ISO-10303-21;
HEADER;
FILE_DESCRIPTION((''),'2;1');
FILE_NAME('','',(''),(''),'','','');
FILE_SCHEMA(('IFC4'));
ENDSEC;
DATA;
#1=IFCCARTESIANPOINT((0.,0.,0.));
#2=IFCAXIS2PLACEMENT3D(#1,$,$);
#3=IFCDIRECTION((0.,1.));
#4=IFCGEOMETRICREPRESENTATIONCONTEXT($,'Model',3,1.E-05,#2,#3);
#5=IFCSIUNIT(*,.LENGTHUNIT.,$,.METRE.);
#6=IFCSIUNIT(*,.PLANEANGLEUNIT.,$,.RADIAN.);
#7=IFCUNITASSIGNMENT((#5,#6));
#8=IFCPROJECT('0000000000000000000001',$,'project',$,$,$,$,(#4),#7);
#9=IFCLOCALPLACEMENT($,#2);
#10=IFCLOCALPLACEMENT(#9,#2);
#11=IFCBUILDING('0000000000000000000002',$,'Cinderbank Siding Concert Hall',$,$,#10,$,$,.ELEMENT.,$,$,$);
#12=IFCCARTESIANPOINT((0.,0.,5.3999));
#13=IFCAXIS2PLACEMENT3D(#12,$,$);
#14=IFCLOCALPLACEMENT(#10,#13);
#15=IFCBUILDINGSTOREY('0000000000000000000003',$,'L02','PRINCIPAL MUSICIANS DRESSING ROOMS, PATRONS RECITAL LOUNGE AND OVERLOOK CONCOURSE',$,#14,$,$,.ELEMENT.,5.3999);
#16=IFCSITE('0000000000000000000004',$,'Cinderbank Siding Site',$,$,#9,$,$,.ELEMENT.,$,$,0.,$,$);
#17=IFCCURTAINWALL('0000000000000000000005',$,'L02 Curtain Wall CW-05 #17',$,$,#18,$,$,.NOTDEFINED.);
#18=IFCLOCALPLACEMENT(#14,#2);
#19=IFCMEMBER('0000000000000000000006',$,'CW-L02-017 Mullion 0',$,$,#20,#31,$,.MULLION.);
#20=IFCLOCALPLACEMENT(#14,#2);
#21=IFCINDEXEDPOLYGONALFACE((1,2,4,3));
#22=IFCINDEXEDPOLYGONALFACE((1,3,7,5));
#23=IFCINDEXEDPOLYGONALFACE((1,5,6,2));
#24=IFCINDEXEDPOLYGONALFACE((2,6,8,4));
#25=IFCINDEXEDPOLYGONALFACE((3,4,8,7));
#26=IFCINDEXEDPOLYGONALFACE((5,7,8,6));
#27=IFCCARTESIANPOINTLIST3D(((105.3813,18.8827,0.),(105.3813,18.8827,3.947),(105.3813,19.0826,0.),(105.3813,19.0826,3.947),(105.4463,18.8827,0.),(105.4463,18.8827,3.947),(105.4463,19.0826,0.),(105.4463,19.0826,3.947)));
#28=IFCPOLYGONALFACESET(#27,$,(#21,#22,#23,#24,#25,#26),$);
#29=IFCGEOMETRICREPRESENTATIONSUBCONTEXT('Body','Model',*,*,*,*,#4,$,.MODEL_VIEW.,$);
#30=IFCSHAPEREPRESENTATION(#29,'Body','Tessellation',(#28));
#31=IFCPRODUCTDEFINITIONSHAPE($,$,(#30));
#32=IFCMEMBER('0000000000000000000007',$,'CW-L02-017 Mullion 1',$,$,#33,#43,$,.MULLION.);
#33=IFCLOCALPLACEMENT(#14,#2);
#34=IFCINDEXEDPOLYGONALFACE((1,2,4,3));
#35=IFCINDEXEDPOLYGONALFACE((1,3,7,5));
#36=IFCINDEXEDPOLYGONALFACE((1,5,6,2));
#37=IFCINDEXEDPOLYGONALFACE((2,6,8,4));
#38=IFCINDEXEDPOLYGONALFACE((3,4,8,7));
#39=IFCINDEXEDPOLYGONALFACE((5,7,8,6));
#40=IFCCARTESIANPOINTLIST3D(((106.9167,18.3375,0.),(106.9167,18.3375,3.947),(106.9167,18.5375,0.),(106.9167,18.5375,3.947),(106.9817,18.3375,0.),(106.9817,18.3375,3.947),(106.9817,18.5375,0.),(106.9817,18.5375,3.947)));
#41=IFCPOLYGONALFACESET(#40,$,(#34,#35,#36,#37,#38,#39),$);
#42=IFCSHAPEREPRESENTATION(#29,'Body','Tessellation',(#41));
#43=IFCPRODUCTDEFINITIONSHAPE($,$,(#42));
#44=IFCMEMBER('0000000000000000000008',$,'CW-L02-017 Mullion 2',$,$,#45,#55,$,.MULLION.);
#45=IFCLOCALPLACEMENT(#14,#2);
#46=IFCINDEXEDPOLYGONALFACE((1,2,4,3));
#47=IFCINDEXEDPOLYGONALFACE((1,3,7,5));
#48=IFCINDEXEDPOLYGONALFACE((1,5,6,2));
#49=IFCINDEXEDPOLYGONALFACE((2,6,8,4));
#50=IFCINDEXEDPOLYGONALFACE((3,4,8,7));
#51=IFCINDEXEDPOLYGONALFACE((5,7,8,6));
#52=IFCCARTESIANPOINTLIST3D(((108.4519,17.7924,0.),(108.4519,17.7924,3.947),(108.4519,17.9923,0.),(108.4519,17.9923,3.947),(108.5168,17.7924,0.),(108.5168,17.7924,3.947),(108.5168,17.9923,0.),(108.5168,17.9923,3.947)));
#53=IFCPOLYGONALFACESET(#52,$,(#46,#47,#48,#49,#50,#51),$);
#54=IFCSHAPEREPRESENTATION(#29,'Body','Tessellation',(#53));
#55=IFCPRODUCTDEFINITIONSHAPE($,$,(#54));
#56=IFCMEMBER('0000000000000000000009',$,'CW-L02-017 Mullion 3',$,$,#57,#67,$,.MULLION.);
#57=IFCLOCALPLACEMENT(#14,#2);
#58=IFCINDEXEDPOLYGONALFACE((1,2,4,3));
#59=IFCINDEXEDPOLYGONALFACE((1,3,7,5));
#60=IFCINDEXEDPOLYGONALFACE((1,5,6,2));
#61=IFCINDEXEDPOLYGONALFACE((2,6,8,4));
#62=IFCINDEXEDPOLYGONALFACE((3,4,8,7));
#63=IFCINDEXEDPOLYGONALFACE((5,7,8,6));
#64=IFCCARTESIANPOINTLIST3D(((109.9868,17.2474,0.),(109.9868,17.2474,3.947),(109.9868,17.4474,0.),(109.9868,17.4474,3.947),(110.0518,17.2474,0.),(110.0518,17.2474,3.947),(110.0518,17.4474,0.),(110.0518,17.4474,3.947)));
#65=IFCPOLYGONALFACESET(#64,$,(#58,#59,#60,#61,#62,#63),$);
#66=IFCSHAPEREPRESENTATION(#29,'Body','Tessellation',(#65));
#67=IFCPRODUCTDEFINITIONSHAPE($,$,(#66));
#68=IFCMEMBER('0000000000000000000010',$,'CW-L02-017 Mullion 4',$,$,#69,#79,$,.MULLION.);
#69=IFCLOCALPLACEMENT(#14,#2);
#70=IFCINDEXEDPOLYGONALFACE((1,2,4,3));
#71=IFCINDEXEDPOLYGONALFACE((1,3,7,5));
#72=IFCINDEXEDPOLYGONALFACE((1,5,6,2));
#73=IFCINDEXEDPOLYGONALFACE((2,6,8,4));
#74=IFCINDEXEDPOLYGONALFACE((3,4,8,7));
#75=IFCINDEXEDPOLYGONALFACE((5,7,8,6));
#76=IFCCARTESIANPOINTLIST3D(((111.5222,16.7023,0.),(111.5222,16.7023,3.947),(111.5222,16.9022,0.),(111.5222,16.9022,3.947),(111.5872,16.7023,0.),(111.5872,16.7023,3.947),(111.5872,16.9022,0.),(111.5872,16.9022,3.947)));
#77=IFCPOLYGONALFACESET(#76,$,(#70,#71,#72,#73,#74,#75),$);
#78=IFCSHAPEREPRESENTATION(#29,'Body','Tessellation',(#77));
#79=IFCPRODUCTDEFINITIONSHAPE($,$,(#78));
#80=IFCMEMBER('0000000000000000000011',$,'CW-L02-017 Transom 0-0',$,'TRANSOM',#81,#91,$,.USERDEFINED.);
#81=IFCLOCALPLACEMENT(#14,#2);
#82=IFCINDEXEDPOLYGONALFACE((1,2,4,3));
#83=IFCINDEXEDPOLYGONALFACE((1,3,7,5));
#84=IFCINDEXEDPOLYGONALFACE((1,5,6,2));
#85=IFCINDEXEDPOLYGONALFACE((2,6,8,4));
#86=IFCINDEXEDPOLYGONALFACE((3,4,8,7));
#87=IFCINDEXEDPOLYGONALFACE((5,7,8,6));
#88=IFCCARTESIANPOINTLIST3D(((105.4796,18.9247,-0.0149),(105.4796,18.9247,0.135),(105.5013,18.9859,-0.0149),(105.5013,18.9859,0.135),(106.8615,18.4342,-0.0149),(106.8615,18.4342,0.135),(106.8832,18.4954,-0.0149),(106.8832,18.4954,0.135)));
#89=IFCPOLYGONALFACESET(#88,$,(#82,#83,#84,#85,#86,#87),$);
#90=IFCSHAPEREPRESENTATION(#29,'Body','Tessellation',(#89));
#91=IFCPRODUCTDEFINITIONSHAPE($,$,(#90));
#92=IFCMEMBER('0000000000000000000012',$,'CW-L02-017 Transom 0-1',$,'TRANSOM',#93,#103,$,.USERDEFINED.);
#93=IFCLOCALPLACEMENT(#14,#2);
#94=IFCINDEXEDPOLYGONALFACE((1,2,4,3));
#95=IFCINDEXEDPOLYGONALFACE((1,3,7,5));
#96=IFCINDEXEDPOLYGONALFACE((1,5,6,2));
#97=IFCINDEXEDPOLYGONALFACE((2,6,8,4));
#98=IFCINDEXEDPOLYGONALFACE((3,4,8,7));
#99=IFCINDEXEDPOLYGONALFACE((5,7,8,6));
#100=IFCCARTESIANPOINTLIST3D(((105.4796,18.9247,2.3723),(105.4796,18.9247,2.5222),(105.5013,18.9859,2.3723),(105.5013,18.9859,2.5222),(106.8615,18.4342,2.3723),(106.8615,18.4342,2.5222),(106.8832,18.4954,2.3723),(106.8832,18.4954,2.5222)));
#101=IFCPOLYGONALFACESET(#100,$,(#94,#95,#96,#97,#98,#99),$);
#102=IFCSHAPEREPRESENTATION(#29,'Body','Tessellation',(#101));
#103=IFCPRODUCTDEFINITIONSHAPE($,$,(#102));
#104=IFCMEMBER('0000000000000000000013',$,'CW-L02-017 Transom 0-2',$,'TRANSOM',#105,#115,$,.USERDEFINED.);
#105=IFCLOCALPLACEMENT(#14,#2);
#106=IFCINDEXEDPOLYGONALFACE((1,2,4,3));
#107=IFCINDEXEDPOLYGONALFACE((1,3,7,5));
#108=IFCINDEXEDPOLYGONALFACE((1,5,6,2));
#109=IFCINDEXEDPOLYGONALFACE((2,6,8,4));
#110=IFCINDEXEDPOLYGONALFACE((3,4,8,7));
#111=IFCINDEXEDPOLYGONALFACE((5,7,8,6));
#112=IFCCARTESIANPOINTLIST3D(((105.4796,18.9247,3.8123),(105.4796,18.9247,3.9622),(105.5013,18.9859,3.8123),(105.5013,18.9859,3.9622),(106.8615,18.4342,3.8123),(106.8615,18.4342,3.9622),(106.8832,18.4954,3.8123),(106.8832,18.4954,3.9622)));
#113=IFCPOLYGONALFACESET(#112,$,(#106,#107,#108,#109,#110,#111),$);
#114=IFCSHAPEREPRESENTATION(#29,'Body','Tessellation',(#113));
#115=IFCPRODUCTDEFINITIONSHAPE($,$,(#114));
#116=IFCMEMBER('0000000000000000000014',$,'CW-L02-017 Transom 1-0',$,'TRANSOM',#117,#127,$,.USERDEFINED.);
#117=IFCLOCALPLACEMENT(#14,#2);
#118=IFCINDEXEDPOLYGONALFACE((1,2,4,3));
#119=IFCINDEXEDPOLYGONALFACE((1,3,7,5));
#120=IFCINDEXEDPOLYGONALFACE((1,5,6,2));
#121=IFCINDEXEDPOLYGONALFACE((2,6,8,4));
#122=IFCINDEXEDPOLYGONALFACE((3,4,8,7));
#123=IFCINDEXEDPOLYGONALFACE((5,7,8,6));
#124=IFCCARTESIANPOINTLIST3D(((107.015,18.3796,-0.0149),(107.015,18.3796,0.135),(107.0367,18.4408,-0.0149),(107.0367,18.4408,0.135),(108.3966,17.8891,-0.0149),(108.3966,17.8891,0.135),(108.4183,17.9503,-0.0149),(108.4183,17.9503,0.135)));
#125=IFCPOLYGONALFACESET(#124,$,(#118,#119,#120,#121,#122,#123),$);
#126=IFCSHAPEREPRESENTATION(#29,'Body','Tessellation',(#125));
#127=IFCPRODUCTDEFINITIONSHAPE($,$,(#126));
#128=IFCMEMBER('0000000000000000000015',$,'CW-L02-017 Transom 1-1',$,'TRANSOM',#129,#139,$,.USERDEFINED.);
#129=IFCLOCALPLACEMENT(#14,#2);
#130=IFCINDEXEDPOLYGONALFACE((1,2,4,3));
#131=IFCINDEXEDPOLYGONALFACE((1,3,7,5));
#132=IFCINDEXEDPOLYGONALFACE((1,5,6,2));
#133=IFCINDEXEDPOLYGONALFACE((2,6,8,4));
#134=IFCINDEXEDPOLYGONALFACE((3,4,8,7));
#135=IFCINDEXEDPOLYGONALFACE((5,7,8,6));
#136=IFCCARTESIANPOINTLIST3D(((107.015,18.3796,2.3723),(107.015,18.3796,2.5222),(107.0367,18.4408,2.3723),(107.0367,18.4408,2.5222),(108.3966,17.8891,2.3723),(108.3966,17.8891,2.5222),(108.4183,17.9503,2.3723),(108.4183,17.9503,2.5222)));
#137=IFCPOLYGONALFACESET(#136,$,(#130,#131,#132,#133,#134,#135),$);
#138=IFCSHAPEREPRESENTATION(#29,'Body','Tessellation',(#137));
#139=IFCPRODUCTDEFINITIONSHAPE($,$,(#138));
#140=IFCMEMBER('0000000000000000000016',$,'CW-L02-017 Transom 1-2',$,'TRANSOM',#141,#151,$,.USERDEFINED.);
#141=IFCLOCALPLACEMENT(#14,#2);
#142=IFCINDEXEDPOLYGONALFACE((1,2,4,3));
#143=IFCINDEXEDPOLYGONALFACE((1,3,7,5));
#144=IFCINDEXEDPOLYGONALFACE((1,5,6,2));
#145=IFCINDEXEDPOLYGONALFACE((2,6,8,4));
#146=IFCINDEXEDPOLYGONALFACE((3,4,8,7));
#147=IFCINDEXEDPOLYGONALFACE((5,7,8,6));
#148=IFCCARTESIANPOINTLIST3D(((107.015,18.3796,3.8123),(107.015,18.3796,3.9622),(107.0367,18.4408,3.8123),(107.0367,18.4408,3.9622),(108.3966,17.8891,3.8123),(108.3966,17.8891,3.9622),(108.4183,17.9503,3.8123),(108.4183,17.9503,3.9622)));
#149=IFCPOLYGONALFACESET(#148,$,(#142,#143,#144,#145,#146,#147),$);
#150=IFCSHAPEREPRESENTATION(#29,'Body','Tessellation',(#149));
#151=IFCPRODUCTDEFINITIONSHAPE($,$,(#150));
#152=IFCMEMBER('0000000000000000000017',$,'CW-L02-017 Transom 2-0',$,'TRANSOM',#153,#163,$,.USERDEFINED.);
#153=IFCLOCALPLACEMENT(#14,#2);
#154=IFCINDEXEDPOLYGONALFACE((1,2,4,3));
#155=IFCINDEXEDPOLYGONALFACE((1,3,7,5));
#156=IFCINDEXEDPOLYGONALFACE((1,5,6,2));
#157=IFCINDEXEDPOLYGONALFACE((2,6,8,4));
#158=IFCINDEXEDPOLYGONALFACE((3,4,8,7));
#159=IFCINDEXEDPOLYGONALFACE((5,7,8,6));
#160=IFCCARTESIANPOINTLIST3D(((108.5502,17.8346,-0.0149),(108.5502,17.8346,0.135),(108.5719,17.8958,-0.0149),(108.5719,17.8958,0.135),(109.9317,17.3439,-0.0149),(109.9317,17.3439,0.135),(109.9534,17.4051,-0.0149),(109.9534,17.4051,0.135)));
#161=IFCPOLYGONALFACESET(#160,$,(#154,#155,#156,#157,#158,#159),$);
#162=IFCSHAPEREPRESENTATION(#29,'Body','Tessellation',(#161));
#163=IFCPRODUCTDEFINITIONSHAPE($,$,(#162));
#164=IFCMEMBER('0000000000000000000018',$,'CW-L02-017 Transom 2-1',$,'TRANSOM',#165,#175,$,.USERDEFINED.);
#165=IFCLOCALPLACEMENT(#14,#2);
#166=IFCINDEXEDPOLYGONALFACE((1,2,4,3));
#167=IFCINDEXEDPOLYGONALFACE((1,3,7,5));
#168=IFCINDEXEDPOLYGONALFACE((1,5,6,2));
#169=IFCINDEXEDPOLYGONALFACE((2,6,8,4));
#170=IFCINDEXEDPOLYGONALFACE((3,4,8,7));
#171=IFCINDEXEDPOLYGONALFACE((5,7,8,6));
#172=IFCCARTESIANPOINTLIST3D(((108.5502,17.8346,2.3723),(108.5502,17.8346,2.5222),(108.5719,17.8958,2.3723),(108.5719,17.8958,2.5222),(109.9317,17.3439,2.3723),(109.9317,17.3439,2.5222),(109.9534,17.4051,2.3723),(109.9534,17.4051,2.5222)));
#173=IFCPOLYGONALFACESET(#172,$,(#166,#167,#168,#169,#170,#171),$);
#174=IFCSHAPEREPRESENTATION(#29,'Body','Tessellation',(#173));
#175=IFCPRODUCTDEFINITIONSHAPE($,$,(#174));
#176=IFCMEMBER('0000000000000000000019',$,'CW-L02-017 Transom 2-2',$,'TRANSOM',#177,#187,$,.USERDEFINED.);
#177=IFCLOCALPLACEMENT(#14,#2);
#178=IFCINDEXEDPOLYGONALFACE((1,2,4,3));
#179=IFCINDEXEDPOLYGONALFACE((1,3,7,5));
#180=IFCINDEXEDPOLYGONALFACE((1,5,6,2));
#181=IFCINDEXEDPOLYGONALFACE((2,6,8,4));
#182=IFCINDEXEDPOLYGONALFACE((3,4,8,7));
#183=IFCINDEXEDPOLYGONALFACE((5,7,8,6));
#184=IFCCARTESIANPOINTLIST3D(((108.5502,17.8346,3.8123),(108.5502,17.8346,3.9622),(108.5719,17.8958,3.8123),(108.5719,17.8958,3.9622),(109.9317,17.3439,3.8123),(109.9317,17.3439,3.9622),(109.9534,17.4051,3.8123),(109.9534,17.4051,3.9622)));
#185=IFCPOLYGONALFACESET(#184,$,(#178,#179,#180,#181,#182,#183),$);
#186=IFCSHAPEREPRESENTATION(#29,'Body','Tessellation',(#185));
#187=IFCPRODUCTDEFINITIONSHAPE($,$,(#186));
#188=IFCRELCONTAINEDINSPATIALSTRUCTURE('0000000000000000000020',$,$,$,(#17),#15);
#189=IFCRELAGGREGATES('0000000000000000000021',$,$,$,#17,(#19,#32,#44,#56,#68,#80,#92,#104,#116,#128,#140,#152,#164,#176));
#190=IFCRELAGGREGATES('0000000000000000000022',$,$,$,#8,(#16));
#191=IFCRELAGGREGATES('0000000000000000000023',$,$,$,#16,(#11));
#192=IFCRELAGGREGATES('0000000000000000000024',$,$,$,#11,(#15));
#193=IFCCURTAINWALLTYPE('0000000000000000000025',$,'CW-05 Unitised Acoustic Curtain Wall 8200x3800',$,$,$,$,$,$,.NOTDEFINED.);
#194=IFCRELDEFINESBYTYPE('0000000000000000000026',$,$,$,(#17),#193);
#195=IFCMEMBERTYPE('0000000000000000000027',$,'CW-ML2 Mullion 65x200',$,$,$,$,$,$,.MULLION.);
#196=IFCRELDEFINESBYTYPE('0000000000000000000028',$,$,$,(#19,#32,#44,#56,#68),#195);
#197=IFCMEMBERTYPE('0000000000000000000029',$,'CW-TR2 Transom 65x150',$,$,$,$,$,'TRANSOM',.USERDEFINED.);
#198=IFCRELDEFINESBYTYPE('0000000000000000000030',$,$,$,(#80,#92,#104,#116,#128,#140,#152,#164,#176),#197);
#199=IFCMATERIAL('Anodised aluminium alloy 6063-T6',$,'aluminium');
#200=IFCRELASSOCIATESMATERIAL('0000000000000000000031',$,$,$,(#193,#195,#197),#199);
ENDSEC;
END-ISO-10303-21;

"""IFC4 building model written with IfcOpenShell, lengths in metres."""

from ifc_helpers import new_model, si_unit, direction, frame, origin, origin_2d, place, context, subcontext, project, spatial, rectangle, extrude, material, material_profile, profile_set, type_object, element, aggregate, save


model = new_model("IFC4")

# Units and contexts
model_context = context("Model", 3, precision=1e-05, world=origin(), true_north=direction((0.0, 1.0)))
body_context = subcontext(model_context, "Body", "Model", "MODEL_VIEW")
ifc_project = project(units=[si_unit("LENGTHUNIT", "METRE"), si_unit("PLANEANGLEUNIT", "RADIAN")], contexts=[model_context])

# Site, building, storey
site_placement = place(None, origin())
site = spatial("IfcSite", under=ifc_project, at=site_placement, Name="Cinderbank Siding Site", CompositionType="ELEMENT", RefElevation=0.0)
building_placement = place(site_placement, origin())
building = spatial("IfcBuilding", under=site, at=building_placement, Name="Cinderbank Siding Concert Hall", CompositionType="ELEMENT")
storey_placement = place(building_placement, frame((0.0, 0.0, 5.3999)))
storey = spatial("IfcBuildingStorey", under=building, at=storey_placement, Name="L02", Description="PRINCIPAL MUSICIANS DRESSING ROOMS, PATRONS RECITAL LOUNGE AND OVERLOOK CONCOURSE", CompositionType="ELEMENT", Elevation=5.3999)

# Curtain wall, members
ifc_material_1 = material(Name="Anodised aluminium alloy 6063-T6", Category="aluminium")
curtain_wall_type = type_object("IfcCurtainWallType", Name="CW-05 Unitised Acoustic Curtain Wall 8200x3800", PredefinedType="NOTDEFINED", material=ifc_material_1)
curtain_wall_placement = place(storey_placement, origin())
curtain_wall = element("IfcCurtainWall", 1, at=curtain_wall_placement, inside=storey, type_object=curtain_wall_type, Name="L02 Curtain Wall CW-05 #17", PredefinedType="NOTDEFINED")
ifc_material_profile_1 = material_profile(ifc_material_1, rectangle(XDim=0.0649, YDim=0.2, at=origin_2d()), Name="ALU-MULL-65x200", Category="LoadBearing")
ifc_profile_set_1 = profile_set([ifc_material_profile_1], Name="Anodised aluminium alloy 6063-T6")
member_type_1 = type_object("IfcMemberType", Name="CW-ML2 Mullion 65x200", PredefinedType="MULLION", material=ifc_profile_set_1)
member_1_placement = place(storey_placement, frame((105.4138, 18.9827, 0.0), z_axis=(0.0, 0.0, 1.0), x_axis=(1.0, 0.0, 0.0)))
member_1 = element("IfcMember", 2, at=member_1_placement, type_object=member_type_1, Name="CW-L02-017 Mullion 0", PredefinedType="MULLION", context=body_context, shape_type="SweptSolid", body=[
    extrude(rectangle(XDim=0.0649, YDim=0.2, at=origin_2d()), origin(), (0.0, 0.0, 1.0), 3.947),
])
member_2_placement = place(storey_placement, frame((106.9492, 18.4375, 0.0), z_axis=(0.0, 0.0, 1.0), x_axis=(1.0, 0.0, 0.0)))
member_2 = element("IfcMember", 3, at=member_2_placement, type_object=member_type_1, Name="CW-L02-017 Mullion 1", PredefinedType="MULLION", context=body_context, shape_type="SweptSolid", body=[
    extrude(rectangle(XDim=0.0649, YDim=0.2, at=origin_2d()), origin(), (0.0, 0.0, 1.0), 3.947),
])
member_3_placement = place(storey_placement, frame((108.4844, 17.8923, 0.0), z_axis=(0.0, 0.0, 1.0), x_axis=(1.0, 0.0, 0.0)))
member_3 = element("IfcMember", 4, at=member_3_placement, type_object=member_type_1, Name="CW-L02-017 Mullion 2", PredefinedType="MULLION", context=body_context, shape_type="SweptSolid", body=[
    extrude(rectangle(XDim=0.0649, YDim=0.2, at=origin_2d()), origin(), (0.0, 0.0, 1.0), 3.947),
])
member_4_placement = place(storey_placement, frame((110.0193, 17.3474, 0.0), z_axis=(0.0, 0.0, 1.0), x_axis=(1.0, 0.0, 0.0)))
member_4 = element("IfcMember", 5, at=member_4_placement, type_object=member_type_1, Name="CW-L02-017 Mullion 3", PredefinedType="MULLION", context=body_context, shape_type="SweptSolid", body=[
    extrude(rectangle(XDim=0.0649, YDim=0.2, at=origin_2d()), origin(), (0.0, 0.0, 1.0), 3.947),
])
member_5_placement = place(storey_placement, frame((111.5547, 16.8022, 0.0), z_axis=(0.0, 0.0, 1.0), x_axis=(1.0, 0.0, 0.0)))
member_5 = element("IfcMember", 6, at=member_5_placement, type_object=member_type_1, Name="CW-L02-017 Mullion 4", PredefinedType="MULLION", context=body_context, shape_type="SweptSolid", body=[
    extrude(rectangle(XDim=0.0649, YDim=0.2, at=origin_2d()), origin(), (0.0, 0.0, 1.0), 3.947),
])
ifc_material_profile_2 = material_profile(ifc_material_1, rectangle(XDim=0.0649, YDim=0.1499, at=origin_2d()), Name="ALU-TRAN-65x150", Category="LoadBearing")
ifc_profile_set_2 = profile_set([ifc_material_profile_2], Name="Anodised aluminium alloy 6063-T6")
member_type_2 = type_object("IfcMemberType", Name="CW-TR2 Transom 65x150", ElementType="TRANSOM", PredefinedType="USERDEFINED", material=ifc_profile_set_2)
member_6_placement = place(storey_placement, frame((105.4905, 18.9553, 0.0601), z_axis=(0.942396, -0.3345, 0.0), x_axis=(0.3345, 0.942396, 0.0)))
member_6 = element("IfcMember", 7, at=member_6_placement, type_object=member_type_2, Name="CW-L02-017 Transom 0-0", ObjectType="TRANSOM", PredefinedType="USERDEFINED", context=body_context, shape_type="SweptSolid", body=[
    extrude(rectangle(XDim=0.0649, YDim=0.1499, at=origin_2d()), origin(), (0.0, 0.0, 1.0), 1.4663),
])
member_7_placement = place(storey_placement, frame((105.4905, 18.9553, 2.4473), z_axis=(0.942396, -0.3345, 0.0), x_axis=(0.3345, 0.942396, 0.0)))
member_7 = element("IfcMember", 8, at=member_7_placement, type_object=member_type_2, Name="CW-L02-017 Transom 0-1", ObjectType="TRANSOM", PredefinedType="USERDEFINED", context=body_context, shape_type="SweptSolid", body=[
    extrude(rectangle(XDim=0.0649, YDim=0.1499, at=origin_2d()), origin(), (0.0, 0.0, 1.0), 1.4663),
])
member_8_placement = place(storey_placement, frame((105.4905, 18.9553, 3.8872), z_axis=(0.942396, -0.3345, 0.0), x_axis=(0.3345, 0.942396, 0.0)))
member_8 = element("IfcMember", 9, at=member_8_placement, type_object=member_type_2, Name="CW-L02-017 Transom 0-2", ObjectType="TRANSOM", PredefinedType="USERDEFINED", context=body_context, shape_type="SweptSolid", body=[
    extrude(rectangle(XDim=0.0649, YDim=0.1499, at=origin_2d()), origin(), (0.0, 0.0, 1.0), 1.4663),
])
member_9_placement = place(storey_placement, frame((107.0259, 18.4102, 0.0601), z_axis=(0.942377, -0.334553, 0.0), x_axis=(0.334553, 0.942377, 0.0)))
member_9 = element("IfcMember", 10, at=member_9_placement, type_object=member_type_2, Name="CW-L02-017 Transom 1-0", ObjectType="TRANSOM", PredefinedType="USERDEFINED", context=body_context, shape_type="SweptSolid", body=[
    extrude(rectangle(XDim=0.0649, YDim=0.1499, at=origin_2d()), origin(), (0.0, 0.0, 1.0), 1.4661),
])
member_10_placement = place(storey_placement, frame((107.0259, 18.4102, 2.4473), z_axis=(0.942377, -0.334553, 0.0), x_axis=(0.334553, 0.942377, 0.0)))
member_10 = element("IfcMember", 11, at=member_10_placement, type_object=member_type_2, Name="CW-L02-017 Transom 1-1", ObjectType="TRANSOM", PredefinedType="USERDEFINED", context=body_context, shape_type="SweptSolid", body=[
    extrude(rectangle(XDim=0.0649, YDim=0.1499, at=origin_2d()), origin(), (0.0, 0.0, 1.0), 1.4661),
])
member_11_placement = place(storey_placement, frame((107.0259, 18.4102, 3.8872), z_axis=(0.942377, -0.334553, 0.0), x_axis=(0.334553, 0.942377, 0.0)))
member_11 = element("IfcMember", 12, at=member_11_placement, type_object=member_type_2, Name="CW-L02-017 Transom 1-2", ObjectType="TRANSOM", PredefinedType="USERDEFINED", context=body_context, shape_type="SweptSolid", body=[
    extrude(rectangle(XDim=0.0649, YDim=0.1499, at=origin_2d()), origin(), (0.0, 0.0, 1.0), 1.4661),
])
member_12_placement = place(storey_placement, frame((108.561, 17.8652, 0.0601), z_axis=(0.942324, -0.334701, 0.0), x_axis=(0.334701, 0.942324, 0.0)))
member_12 = element("IfcMember", 13, at=member_12_placement, type_object=member_type_2, Name="CW-L02-017 Transom 2-0", ObjectType="TRANSOM", PredefinedType="USERDEFINED", context=body_context, shape_type="SweptSolid", body=[
    extrude(rectangle(XDim=0.0649, YDim=0.1499, at=origin_2d()), origin(), (0.0, 0.0, 1.0), 1.4661),
])
member_13_placement = place(storey_placement, frame((108.561, 17.8652, 2.4473), z_axis=(0.942324, -0.334701, 0.0), x_axis=(0.334701, 0.942324, 0.0)))
member_13 = element("IfcMember", 14, at=member_13_placement, type_object=member_type_2, Name="CW-L02-017 Transom 2-1", ObjectType="TRANSOM", PredefinedType="USERDEFINED", context=body_context, shape_type="SweptSolid", body=[
    extrude(rectangle(XDim=0.0649, YDim=0.1499, at=origin_2d()), origin(), (0.0, 0.0, 1.0), 1.4661),
])
member_14_placement = place(storey_placement, frame((108.561, 17.8652, 3.8872), z_axis=(0.942324, -0.334701, 0.0), x_axis=(0.334701, 0.942324, 0.0)))
member_14 = element("IfcMember", 15, at=member_14_placement, type_object=member_type_2, Name="CW-L02-017 Transom 2-2", ObjectType="TRANSOM", PredefinedType="USERDEFINED", context=body_context, shape_type="SweptSolid", body=[
    extrude(rectangle(XDim=0.0649, YDim=0.1499, at=origin_2d()), origin(), (0.0, 0.0, 1.0), 1.4661),
])

aggregate(curtain_wall, [member_1, member_2, member_3, member_4, member_5, member_6, member_7, member_8, member_9, member_10, member_11, member_12, member_13, member_14])

save(model, "model.ifc")
